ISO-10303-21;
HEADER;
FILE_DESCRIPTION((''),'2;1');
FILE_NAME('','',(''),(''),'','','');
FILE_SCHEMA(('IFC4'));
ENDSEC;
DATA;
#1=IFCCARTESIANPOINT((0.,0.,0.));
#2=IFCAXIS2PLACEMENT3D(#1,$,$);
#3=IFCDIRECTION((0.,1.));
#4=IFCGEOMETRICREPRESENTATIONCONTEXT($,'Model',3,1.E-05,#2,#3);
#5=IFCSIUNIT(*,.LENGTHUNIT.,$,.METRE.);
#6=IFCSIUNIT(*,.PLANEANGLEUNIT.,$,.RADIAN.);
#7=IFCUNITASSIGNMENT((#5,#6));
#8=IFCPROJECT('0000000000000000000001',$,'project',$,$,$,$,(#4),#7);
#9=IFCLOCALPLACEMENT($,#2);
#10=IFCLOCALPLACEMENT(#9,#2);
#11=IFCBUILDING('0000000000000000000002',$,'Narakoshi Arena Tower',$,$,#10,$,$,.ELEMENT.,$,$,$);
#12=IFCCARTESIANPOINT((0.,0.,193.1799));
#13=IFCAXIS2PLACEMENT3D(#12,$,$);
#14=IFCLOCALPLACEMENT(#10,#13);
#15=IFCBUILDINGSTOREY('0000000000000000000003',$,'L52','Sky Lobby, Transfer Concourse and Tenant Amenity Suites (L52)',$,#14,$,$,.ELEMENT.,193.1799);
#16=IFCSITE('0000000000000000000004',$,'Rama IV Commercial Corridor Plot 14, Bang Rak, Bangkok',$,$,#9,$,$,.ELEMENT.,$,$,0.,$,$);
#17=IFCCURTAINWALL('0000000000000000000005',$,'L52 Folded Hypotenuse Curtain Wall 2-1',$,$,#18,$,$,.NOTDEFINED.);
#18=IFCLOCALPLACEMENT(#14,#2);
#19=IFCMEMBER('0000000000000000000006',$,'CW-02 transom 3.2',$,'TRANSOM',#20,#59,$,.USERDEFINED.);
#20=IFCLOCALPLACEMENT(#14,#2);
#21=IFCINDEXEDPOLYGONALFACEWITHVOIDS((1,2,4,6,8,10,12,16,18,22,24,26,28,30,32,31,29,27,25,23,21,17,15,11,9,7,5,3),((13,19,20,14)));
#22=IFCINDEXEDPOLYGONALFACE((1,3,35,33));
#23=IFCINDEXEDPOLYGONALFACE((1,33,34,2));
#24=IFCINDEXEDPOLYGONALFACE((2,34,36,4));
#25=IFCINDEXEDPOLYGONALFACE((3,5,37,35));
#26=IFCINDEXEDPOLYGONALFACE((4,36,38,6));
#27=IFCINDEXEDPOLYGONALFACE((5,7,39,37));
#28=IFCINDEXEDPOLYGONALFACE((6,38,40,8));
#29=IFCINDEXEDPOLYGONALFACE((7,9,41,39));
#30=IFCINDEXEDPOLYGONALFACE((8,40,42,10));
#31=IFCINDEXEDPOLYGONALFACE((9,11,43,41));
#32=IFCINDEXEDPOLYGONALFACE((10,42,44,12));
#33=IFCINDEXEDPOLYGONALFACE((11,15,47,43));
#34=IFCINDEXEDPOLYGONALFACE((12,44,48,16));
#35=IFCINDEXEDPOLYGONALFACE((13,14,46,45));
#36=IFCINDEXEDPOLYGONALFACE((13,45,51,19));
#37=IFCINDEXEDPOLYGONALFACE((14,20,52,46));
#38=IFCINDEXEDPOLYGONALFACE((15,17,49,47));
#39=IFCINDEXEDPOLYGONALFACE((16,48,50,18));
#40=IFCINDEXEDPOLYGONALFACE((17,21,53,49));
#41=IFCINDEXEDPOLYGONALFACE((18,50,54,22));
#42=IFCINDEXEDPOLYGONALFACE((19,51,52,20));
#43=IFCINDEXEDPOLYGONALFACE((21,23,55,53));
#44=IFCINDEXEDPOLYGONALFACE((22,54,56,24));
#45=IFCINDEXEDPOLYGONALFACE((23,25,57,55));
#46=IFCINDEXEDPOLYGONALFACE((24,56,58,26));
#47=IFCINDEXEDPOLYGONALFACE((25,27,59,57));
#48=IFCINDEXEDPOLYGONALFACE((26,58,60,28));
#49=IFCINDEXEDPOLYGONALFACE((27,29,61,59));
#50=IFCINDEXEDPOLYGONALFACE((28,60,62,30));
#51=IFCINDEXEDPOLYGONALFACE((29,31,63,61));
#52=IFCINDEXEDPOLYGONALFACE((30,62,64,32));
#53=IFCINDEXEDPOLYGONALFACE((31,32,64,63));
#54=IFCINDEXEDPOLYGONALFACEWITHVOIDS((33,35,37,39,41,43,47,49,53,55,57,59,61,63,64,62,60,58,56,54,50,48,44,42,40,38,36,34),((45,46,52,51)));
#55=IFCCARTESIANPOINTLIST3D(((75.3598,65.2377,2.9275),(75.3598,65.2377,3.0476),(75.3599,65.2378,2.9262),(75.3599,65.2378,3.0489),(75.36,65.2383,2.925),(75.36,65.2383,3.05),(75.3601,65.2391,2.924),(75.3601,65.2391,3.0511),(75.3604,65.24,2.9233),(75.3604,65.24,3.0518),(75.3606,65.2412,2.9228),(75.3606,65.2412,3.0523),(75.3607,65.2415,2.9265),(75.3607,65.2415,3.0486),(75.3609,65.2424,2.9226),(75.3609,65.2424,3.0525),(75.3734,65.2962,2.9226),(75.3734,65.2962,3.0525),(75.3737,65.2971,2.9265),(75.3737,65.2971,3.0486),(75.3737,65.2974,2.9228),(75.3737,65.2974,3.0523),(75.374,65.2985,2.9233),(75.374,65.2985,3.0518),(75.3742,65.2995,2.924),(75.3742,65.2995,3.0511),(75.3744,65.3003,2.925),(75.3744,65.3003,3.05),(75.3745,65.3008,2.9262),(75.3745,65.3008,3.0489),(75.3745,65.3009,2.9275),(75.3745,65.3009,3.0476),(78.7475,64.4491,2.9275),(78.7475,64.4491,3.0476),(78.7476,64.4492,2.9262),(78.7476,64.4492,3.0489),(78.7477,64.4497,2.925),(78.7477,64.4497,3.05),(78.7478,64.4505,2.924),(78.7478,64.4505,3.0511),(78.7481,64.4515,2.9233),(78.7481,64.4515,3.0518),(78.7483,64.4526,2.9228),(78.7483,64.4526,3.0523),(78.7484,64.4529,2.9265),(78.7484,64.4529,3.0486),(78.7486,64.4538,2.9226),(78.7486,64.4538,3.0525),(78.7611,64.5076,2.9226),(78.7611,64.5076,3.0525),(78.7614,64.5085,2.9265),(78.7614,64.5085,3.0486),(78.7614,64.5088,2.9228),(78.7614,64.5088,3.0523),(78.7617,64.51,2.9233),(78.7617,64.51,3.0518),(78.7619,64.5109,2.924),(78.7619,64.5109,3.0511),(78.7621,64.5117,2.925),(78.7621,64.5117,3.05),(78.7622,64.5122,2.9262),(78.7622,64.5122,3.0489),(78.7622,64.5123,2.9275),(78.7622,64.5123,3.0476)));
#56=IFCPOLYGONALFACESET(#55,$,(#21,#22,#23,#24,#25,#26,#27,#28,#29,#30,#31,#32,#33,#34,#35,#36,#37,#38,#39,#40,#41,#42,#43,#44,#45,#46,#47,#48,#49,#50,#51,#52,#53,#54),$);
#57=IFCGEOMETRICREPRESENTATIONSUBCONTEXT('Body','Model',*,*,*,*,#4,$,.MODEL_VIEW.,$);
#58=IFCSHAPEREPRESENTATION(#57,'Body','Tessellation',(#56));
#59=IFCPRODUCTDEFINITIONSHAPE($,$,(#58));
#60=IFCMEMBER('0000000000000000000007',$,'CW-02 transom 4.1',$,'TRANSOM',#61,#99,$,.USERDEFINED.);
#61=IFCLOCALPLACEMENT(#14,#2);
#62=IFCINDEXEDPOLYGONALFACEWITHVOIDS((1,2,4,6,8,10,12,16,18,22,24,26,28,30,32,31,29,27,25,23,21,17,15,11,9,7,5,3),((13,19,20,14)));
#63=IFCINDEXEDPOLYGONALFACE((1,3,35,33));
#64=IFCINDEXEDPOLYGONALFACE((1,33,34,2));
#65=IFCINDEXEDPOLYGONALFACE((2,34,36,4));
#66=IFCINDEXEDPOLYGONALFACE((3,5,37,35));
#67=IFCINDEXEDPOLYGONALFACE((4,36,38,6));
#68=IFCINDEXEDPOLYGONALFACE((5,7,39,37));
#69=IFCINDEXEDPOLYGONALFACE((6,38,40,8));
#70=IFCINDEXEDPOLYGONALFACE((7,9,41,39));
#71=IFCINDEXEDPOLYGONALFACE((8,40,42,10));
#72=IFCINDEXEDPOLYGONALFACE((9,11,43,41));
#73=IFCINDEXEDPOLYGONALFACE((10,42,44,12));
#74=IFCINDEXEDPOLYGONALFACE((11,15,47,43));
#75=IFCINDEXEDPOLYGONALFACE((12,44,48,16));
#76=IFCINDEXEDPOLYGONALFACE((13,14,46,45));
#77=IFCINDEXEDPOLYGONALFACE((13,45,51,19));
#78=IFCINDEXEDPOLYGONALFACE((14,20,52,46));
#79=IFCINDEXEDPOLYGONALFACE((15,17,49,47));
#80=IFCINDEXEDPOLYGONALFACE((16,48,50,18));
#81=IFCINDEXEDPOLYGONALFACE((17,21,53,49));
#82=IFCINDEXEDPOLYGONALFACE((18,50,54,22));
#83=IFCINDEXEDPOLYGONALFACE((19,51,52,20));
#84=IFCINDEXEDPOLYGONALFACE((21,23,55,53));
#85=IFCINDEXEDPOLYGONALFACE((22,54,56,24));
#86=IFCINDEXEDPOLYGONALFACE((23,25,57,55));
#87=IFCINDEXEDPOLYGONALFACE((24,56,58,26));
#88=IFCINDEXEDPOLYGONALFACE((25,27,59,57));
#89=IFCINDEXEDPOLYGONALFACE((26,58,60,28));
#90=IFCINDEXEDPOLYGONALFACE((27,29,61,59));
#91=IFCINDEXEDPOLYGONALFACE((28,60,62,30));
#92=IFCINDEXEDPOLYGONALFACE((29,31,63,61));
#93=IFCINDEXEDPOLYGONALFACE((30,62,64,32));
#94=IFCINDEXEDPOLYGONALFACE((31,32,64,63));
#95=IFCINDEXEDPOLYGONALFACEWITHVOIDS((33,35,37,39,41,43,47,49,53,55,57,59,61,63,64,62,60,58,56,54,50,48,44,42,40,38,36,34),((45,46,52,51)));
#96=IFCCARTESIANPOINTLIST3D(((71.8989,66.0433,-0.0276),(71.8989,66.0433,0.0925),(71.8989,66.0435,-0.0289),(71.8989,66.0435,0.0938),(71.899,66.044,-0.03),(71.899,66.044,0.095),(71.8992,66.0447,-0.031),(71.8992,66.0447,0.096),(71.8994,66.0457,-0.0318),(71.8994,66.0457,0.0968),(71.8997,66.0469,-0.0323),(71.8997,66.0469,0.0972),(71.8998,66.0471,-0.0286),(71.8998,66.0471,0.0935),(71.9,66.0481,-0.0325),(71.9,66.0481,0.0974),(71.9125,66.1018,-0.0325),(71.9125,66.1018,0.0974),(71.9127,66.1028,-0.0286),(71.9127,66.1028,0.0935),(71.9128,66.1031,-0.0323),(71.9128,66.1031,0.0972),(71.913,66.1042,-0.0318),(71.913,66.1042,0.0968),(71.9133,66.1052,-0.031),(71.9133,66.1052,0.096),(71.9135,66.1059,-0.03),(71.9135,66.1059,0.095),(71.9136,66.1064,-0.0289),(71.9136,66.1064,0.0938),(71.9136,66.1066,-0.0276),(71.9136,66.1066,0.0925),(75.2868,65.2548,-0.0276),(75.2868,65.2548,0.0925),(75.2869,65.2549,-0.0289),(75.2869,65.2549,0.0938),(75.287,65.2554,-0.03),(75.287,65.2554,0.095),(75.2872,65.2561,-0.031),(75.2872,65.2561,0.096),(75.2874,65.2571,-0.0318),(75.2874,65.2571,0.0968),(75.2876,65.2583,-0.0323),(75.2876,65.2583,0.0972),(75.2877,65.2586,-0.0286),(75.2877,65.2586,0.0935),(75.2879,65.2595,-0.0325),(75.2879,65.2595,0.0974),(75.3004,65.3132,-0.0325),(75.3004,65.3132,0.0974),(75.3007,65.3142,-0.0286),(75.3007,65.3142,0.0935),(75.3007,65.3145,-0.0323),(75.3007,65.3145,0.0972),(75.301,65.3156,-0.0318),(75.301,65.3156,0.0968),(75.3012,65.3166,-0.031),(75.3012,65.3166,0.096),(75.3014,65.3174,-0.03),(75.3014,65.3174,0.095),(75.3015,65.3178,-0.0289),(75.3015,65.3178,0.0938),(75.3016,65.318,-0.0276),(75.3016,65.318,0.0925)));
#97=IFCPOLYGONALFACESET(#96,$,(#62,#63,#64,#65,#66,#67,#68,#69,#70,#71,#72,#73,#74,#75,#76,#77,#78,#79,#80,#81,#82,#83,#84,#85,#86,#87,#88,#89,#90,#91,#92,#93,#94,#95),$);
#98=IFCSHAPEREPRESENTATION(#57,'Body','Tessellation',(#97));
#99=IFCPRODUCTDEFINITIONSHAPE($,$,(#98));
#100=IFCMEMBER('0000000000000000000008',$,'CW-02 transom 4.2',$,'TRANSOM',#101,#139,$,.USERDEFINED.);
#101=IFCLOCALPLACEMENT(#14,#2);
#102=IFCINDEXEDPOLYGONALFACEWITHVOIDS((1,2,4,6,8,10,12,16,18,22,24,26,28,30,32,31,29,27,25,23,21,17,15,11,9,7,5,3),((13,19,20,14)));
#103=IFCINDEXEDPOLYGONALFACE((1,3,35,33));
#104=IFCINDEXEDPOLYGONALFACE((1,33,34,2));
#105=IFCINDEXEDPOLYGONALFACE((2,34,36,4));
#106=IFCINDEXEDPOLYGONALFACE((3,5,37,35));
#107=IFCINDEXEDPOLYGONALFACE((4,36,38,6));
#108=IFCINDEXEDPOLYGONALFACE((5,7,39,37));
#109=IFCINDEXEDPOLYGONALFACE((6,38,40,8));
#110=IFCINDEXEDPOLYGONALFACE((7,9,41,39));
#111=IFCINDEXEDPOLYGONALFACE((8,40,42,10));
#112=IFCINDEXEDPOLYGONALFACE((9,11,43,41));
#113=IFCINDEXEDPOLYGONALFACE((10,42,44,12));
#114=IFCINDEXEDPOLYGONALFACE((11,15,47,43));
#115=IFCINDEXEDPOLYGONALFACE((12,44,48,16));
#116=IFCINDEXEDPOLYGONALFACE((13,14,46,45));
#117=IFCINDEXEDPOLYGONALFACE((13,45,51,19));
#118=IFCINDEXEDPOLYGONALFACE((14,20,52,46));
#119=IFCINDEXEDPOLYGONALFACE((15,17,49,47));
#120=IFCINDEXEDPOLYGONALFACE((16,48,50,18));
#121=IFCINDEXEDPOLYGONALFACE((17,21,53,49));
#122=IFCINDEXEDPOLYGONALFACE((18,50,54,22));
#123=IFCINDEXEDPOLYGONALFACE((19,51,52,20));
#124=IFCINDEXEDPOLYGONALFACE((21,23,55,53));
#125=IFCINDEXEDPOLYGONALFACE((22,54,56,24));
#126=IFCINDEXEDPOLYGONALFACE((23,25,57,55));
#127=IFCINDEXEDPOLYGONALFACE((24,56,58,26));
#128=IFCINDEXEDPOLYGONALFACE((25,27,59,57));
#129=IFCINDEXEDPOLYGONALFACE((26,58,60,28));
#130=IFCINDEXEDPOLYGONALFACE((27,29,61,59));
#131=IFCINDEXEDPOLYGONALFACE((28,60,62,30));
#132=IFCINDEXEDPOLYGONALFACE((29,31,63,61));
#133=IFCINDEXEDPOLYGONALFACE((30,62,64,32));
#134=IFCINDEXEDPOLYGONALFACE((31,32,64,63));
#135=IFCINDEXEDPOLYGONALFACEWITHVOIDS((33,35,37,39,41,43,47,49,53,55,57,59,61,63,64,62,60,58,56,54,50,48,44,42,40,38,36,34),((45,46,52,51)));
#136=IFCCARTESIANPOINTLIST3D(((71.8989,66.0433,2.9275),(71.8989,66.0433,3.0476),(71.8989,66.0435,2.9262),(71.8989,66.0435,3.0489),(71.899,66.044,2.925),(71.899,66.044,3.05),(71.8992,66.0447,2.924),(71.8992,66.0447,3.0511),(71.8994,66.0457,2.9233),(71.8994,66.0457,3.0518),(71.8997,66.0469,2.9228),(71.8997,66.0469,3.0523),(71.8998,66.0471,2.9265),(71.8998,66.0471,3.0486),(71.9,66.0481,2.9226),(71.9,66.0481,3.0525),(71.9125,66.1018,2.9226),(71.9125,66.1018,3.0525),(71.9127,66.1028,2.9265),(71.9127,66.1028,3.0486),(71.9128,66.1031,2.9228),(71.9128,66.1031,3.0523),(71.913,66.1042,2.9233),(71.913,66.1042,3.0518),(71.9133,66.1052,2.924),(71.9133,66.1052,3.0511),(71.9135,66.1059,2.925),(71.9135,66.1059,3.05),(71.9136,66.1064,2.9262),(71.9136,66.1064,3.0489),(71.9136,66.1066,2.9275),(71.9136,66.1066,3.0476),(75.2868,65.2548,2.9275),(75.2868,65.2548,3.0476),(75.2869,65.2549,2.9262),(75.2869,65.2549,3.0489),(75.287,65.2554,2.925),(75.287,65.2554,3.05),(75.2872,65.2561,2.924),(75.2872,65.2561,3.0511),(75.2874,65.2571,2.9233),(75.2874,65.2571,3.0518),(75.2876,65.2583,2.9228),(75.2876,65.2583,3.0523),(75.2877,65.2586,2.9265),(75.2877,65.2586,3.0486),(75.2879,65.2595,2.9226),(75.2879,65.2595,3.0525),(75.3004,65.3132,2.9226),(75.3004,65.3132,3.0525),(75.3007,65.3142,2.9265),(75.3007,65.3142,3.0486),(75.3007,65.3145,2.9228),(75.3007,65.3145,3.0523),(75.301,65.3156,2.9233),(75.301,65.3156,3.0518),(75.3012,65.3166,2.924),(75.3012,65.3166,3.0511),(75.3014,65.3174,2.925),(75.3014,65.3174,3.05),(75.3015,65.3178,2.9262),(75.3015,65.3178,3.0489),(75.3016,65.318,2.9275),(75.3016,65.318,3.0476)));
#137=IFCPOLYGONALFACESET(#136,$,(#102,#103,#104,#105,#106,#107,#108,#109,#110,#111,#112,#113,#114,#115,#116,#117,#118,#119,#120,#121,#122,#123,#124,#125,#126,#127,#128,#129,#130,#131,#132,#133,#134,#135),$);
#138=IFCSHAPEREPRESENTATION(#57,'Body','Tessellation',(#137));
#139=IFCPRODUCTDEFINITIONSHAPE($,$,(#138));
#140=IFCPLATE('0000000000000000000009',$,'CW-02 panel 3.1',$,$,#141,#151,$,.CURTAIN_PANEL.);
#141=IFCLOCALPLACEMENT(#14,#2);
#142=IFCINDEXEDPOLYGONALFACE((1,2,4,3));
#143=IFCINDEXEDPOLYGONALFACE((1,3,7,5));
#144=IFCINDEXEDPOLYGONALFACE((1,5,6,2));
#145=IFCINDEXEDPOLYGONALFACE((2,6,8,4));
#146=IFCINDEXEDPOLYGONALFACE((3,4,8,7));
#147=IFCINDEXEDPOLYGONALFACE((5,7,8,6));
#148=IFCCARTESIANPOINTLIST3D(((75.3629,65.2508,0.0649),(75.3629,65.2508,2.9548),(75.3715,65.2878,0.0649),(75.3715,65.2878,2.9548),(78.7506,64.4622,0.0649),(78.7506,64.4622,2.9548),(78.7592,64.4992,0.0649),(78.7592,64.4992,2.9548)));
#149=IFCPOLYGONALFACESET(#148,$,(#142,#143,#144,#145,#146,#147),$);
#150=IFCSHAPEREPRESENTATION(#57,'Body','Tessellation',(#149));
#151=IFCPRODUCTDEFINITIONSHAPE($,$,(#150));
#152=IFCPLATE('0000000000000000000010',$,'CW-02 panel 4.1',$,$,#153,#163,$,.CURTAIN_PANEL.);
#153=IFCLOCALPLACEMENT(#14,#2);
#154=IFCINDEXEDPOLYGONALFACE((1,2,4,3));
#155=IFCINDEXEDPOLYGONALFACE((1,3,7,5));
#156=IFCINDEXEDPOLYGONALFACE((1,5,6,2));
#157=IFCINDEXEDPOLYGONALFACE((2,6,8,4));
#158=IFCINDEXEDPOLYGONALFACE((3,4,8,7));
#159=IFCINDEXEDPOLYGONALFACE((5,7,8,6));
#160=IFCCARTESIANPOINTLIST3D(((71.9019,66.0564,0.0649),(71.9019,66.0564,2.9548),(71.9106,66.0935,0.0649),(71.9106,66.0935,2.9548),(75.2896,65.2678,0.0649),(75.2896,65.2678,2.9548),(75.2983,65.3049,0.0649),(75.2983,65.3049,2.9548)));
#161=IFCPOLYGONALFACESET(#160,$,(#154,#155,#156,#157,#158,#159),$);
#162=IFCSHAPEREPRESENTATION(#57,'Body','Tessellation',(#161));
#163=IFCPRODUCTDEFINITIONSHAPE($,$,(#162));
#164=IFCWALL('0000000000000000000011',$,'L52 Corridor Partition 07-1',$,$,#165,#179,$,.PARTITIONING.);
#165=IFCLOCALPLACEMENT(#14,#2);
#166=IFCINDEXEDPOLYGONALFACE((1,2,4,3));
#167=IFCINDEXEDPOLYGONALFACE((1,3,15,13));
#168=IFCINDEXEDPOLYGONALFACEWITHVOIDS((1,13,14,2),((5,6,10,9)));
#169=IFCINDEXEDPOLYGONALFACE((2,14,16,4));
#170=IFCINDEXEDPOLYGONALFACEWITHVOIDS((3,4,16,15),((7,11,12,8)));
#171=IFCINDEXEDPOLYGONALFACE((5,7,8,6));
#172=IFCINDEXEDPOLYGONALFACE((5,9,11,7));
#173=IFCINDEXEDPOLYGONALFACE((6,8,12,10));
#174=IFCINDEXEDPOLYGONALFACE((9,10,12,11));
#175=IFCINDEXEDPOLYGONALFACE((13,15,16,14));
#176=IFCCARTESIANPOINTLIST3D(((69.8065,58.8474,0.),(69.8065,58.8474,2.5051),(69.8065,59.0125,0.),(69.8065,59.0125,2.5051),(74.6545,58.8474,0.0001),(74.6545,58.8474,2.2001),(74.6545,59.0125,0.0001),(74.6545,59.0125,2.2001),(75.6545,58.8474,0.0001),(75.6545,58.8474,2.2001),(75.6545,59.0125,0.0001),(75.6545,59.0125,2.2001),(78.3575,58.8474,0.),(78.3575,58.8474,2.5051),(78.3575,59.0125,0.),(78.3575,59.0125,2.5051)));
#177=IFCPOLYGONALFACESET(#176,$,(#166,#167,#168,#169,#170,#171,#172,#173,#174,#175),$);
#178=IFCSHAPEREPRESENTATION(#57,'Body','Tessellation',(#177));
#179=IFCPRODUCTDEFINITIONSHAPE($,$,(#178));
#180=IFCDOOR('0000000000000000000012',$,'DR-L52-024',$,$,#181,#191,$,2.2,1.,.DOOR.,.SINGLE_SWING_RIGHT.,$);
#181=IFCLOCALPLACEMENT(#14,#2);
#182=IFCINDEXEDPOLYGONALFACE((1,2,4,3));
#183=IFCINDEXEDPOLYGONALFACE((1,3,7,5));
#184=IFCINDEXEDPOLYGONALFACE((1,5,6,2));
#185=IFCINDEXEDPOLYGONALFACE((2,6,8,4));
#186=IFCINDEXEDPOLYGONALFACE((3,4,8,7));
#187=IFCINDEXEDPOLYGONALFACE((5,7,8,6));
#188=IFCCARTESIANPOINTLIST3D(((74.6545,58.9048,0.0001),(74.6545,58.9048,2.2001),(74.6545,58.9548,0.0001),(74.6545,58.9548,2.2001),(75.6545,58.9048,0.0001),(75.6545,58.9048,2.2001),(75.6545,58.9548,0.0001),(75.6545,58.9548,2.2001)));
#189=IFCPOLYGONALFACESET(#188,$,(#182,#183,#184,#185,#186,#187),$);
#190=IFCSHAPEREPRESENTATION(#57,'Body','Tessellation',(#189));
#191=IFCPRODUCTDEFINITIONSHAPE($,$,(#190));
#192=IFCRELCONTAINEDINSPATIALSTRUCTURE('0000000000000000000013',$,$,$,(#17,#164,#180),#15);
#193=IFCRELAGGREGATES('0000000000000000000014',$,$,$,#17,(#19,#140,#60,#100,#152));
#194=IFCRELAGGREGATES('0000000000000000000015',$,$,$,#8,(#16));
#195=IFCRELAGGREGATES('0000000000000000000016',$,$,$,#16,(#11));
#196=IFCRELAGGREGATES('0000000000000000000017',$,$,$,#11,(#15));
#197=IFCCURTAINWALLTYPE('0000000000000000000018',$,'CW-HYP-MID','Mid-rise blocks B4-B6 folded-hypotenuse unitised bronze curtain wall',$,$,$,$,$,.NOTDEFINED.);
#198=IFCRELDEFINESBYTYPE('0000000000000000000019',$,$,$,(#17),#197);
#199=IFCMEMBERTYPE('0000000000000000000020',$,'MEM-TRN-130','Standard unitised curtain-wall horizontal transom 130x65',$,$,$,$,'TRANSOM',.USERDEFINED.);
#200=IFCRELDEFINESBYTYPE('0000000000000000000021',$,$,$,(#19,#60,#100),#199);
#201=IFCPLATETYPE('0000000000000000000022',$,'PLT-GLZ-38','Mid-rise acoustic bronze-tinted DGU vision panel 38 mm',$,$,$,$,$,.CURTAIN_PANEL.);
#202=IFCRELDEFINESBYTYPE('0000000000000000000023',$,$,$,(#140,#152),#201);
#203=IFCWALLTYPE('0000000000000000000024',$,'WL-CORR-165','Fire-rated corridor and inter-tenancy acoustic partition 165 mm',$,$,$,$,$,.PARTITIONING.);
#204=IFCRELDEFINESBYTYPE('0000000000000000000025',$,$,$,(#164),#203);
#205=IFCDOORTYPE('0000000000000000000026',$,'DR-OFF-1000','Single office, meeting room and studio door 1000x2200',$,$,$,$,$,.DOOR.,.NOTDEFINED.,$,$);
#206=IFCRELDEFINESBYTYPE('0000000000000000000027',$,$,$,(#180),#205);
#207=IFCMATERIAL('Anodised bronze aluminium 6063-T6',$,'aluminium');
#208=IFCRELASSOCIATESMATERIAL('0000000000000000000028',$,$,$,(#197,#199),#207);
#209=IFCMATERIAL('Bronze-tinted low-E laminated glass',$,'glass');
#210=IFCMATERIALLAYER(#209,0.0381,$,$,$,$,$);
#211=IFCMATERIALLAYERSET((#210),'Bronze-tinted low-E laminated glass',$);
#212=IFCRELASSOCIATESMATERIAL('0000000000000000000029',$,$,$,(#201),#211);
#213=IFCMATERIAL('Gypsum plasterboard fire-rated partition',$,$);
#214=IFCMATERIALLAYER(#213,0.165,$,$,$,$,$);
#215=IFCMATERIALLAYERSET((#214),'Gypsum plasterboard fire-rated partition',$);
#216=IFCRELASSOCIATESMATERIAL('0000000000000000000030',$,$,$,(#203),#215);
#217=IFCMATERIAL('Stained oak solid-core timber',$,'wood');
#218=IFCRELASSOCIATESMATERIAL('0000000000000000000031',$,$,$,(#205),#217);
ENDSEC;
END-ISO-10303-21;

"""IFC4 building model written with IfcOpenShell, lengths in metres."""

from ifc_helpers import new_model, si_unit, direction, frame, frame_2d, origin, origin_2d, place, context, subcontext, project, spatial, rectangle, hollow_rectangle, extrude, material, layer, layer_set, material_profile, profile_set, type_object, element, fill, aggregate, save


model = new_model("IFC4")

# Units and contexts
model_context = context("Model", 3, precision=1e-05, world=origin(), true_north=direction((0.0, 1.0)))
body_context = subcontext(model_context, "Body", "Model", "MODEL_VIEW")
ifc_project = project(units=[si_unit("LENGTHUNIT", "METRE"), si_unit("PLANEANGLEUNIT", "RADIAN")], contexts=[model_context])

# Site, building, storey
site_placement = place(None, origin())
site = spatial("IfcSite", under=ifc_project, at=site_placement, Name="Rama IV Commercial Corridor Plot 14, Bang Rak, Bangkok", CompositionType="ELEMENT", RefElevation=0.0)
building_placement = place(site_placement, origin())
building = spatial("IfcBuilding", under=site, at=building_placement, Name="Narakoshi Arena Tower", CompositionType="ELEMENT")
storey_placement = place(building_placement, frame((0.0, 0.0, 193.1799)))
storey = spatial("IfcBuildingStorey", under=building, at=storey_placement, Name="L52", Description="Sky Lobby, Transfer Concourse and Tenant Amenity Suites (L52)", CompositionType="ELEMENT", Elevation=193.1799)

# Curtain wall, members, plates
ifc_material_1 = material(Name="Anodised bronze aluminium 6063-T6", Category="aluminium")
curtain_wall_type = type_object("IfcCurtainWallType", Name="CW-HYP-MID", Description="Mid-rise blocks B4-B6 folded-hypotenuse unitised bronze curtain wall", PredefinedType="NOTDEFINED", material=ifc_material_1)
curtain_wall_placement = place(storey_placement, origin())
curtain_wall = element("IfcCurtainWall", 1, at=curtain_wall_placement, inside=storey, type_object=curtain_wall_type, Name="L52 Folded Hypotenuse Curtain Wall 2-1", PredefinedType="NOTDEFINED")
ifc_material_profile_1 = material_profile(ifc_material_1, hollow_rectangle(XDim=0.0649, YDim=0.1299, WallThickness=0.0039, OuterFilletRadius=0.0049, at=origin_2d()), Name="TRN130x65x4")
ifc_profile_set_1 = profile_set([ifc_material_profile_1], Name="Anodised bronze aluminium 6063-T6")
member_type_1 = type_object("IfcMemberType", Name="MEM-TRN-130", Description="Standard unitised curtain-wall horizontal transom 130x65", ElementType="TRANSOM", PredefinedType="USERDEFINED", material=ifc_profile_set_1)
member_1_placement = place(storey_placement, frame((78.7549, 64.4807, 2.9875), z_axis=(-0.973961, 0.226715, 0.0), x_axis=(-0.226715, -0.973961, 0.0)))
member_1 = element("IfcMember", 2, at=member_1_placement, type_object=member_type_1, Name="CW-02 transom 3.2", ObjectType="TRANSOM", PredefinedType="USERDEFINED", context=body_context, shape_type="SweptSolid", body=[
    extrude(hollow_rectangle(XDim=0.0649, YDim=0.1299, WallThickness=0.0039, OuterFilletRadius=0.0049, at=origin_2d()), origin(), (0.0, 0.0, 1.0), 3.4783),
])
member_2_placement = place(storey_placement, frame((75.2942, 65.2864, 0.0325), z_axis=(-0.973965, 0.226699, 0.0), x_axis=(-0.226699, -0.973965, 0.0)))
member_2 = element("IfcMember", 3, at=member_2_placement, type_object=member_type_1, Name="CW-02 transom 4.1", ObjectType="TRANSOM", PredefinedType="USERDEFINED", context=body_context, shape_type="SweptSolid", body=[
    extrude(hollow_rectangle(XDim=0.0649, YDim=0.1299, WallThickness=0.0039, OuterFilletRadius=0.0049, at=origin_2d()), origin(), (0.0, 0.0, 1.0), 3.4785),
])
member_3_placement = place(storey_placement, frame((75.2942, 65.2864, 2.9875), z_axis=(-0.973965, 0.226699, 0.0), x_axis=(-0.226699, -0.973965, 0.0)))
member_3 = element("IfcMember", 4, at=member_3_placement, type_object=member_type_1, Name="CW-02 transom 4.2", ObjectType="TRANSOM", PredefinedType="USERDEFINED", context=body_context, shape_type="SweptSolid", body=[
    extrude(hollow_rectangle(XDim=0.0649, YDim=0.1299, WallThickness=0.0039, OuterFilletRadius=0.0049, at=origin_2d()), origin(), (0.0, 0.0, 1.0), 3.4785),
])
ifc_material_2 = material(Name="Bronze-tinted low-E laminated glass", Category="glass")
ifc_layer_1 = layer(ifc_material_2, 0.0381)
ifc_layer_set_1 = layer_set([ifc_layer_1], Name="Bronze-tinted low-E laminated glass")
plate_type = type_object("IfcPlateType", Name="PLT-GLZ-38", Description="Mid-rise acoustic bronze-tinted DGU vision panel 38 mm", PredefinedType="CURTAIN_PANEL", material=ifc_layer_set_1)
plate_1_placement = place(storey_placement, frame((77.061, 64.875, 0.0649), z_axis=(0.0, 0.0, 1.0), x_axis=(-0.97396, 0.226721, 0.0)))
plate_1 = element("IfcPlate", 5, at=plate_1_placement, type_object=plate_type, Name="CW-02 panel 3.1", PredefinedType="CURTAIN_PANEL", context=body_context, shape_type="SweptSolid", body=[
    extrude(rectangle(XDim=3.4783, YDim=0.0381, at=origin_2d()), origin(), (0.0, 0.0, 1.0), 2.8899),
])
plate_2_placement = place(storey_placement, frame((73.6001, 65.6807, 0.0649), z_axis=(0.0, 0.0, 1.0), x_axis=(-0.97396, 0.226721, 0.0)))
plate_2 = element("IfcPlate", 6, at=plate_2_placement, type_object=plate_type, Name="CW-02 panel 4.1", PredefinedType="CURTAIN_PANEL", context=body_context, shape_type="SweptSolid", body=[
    extrude(rectangle(XDim=3.4783, YDim=0.0381, at=origin_2d()), origin(), (0.0, 0.0, 1.0), 2.8899),
])
aggregate(curtain_wall, [member_1, plate_1, member_2, member_3, plate_2])

# Wall, opening, door
ifc_material_3 = material(Name="Gypsum plasterboard fire-rated partition")
ifc_layer_2 = layer(ifc_material_3, 0.165)
ifc_layer_set_2 = layer_set([ifc_layer_2], Name="Gypsum plasterboard fire-rated partition")
wall_type_1 = type_object("IfcWallType", Name="WL-CORR-165", Description="Fire-rated corridor and inter-tenancy acoustic partition 165 mm", PredefinedType="PARTITIONING", material=ifc_layer_set_2)
wall_1_placement = place(storey_placement, frame((78.3574, 58.9299, 0.0), z_axis=(0.0, 0.0, 1.0), x_axis=(-1.0, 0.0, 0.0)))
wall_1 = element("IfcWall", 7, at=wall_1_placement, inside=storey, type_object=wall_type_1, Name="L52 Corridor Partition 07-1", PredefinedType="PARTITIONING", context=body_context, shape_type="SweptSolid", body=[
    extrude(rectangle(XDim=8.551, YDim=0.165, at=frame_2d((4.2754, 0.0))), origin(), (0.0, 0.0, 1.0), 2.5051),
])
opening_placement = place(wall_1_placement, frame((2.7029, 0.0, 0.0)))
opening = element("IfcOpeningElement", 8, at=opening_placement, cuts=wall_1, PredefinedType="OPENING", context=body_context, shape_type="SweptSolid", body=[
    extrude(rectangle(XDim=1.0, YDim=2.2, at=frame_2d((0.5, 1.1001))), frame((0.0, 0.0925, 0.0), z_axis=(0.0, -1.0, 0.0), x_axis=(1.0, 0.0, 0.0)), (0.0, 0.0, 1.0), 0.1851),
])
ifc_material_4 = material(Name="Stained oak solid-core timber", Category="wood")
door_type = type_object("IfcDoorType", Name="DR-OFF-1000", Description="Single office, meeting room and studio door 1000x2200", OperationType="NOTDEFINED", PredefinedType="DOOR", material=ifc_material_4)
door_placement = place(opening_placement, frame((1.0, 0.0, 0.0), z_axis=(0.0, 0.0, 1.0), x_axis=(-1.0, 0.0, 0.0)))
door = element("IfcDoor", 9, at=door_placement, inside=storey, type_object=door_type, Name="DR-L52-024", OperationType="SINGLE_SWING_RIGHT", OverallHeight=2.2, OverallWidth=1.0, PredefinedType="DOOR", context=body_context, shape_type="SweptSolid", body=[
    extrude(rectangle(XDim=1.0, YDim=2.2, at=frame_2d((0.5, 1.1001))), frame((0.0, 0.0249, 0.0), z_axis=(0.0, -1.0, 0.0), x_axis=(1.0, 0.0, 0.0)), (0.0, 0.0, 1.0), 0.05),
])
fill(opening, door)

save(model, "model.ifc")
